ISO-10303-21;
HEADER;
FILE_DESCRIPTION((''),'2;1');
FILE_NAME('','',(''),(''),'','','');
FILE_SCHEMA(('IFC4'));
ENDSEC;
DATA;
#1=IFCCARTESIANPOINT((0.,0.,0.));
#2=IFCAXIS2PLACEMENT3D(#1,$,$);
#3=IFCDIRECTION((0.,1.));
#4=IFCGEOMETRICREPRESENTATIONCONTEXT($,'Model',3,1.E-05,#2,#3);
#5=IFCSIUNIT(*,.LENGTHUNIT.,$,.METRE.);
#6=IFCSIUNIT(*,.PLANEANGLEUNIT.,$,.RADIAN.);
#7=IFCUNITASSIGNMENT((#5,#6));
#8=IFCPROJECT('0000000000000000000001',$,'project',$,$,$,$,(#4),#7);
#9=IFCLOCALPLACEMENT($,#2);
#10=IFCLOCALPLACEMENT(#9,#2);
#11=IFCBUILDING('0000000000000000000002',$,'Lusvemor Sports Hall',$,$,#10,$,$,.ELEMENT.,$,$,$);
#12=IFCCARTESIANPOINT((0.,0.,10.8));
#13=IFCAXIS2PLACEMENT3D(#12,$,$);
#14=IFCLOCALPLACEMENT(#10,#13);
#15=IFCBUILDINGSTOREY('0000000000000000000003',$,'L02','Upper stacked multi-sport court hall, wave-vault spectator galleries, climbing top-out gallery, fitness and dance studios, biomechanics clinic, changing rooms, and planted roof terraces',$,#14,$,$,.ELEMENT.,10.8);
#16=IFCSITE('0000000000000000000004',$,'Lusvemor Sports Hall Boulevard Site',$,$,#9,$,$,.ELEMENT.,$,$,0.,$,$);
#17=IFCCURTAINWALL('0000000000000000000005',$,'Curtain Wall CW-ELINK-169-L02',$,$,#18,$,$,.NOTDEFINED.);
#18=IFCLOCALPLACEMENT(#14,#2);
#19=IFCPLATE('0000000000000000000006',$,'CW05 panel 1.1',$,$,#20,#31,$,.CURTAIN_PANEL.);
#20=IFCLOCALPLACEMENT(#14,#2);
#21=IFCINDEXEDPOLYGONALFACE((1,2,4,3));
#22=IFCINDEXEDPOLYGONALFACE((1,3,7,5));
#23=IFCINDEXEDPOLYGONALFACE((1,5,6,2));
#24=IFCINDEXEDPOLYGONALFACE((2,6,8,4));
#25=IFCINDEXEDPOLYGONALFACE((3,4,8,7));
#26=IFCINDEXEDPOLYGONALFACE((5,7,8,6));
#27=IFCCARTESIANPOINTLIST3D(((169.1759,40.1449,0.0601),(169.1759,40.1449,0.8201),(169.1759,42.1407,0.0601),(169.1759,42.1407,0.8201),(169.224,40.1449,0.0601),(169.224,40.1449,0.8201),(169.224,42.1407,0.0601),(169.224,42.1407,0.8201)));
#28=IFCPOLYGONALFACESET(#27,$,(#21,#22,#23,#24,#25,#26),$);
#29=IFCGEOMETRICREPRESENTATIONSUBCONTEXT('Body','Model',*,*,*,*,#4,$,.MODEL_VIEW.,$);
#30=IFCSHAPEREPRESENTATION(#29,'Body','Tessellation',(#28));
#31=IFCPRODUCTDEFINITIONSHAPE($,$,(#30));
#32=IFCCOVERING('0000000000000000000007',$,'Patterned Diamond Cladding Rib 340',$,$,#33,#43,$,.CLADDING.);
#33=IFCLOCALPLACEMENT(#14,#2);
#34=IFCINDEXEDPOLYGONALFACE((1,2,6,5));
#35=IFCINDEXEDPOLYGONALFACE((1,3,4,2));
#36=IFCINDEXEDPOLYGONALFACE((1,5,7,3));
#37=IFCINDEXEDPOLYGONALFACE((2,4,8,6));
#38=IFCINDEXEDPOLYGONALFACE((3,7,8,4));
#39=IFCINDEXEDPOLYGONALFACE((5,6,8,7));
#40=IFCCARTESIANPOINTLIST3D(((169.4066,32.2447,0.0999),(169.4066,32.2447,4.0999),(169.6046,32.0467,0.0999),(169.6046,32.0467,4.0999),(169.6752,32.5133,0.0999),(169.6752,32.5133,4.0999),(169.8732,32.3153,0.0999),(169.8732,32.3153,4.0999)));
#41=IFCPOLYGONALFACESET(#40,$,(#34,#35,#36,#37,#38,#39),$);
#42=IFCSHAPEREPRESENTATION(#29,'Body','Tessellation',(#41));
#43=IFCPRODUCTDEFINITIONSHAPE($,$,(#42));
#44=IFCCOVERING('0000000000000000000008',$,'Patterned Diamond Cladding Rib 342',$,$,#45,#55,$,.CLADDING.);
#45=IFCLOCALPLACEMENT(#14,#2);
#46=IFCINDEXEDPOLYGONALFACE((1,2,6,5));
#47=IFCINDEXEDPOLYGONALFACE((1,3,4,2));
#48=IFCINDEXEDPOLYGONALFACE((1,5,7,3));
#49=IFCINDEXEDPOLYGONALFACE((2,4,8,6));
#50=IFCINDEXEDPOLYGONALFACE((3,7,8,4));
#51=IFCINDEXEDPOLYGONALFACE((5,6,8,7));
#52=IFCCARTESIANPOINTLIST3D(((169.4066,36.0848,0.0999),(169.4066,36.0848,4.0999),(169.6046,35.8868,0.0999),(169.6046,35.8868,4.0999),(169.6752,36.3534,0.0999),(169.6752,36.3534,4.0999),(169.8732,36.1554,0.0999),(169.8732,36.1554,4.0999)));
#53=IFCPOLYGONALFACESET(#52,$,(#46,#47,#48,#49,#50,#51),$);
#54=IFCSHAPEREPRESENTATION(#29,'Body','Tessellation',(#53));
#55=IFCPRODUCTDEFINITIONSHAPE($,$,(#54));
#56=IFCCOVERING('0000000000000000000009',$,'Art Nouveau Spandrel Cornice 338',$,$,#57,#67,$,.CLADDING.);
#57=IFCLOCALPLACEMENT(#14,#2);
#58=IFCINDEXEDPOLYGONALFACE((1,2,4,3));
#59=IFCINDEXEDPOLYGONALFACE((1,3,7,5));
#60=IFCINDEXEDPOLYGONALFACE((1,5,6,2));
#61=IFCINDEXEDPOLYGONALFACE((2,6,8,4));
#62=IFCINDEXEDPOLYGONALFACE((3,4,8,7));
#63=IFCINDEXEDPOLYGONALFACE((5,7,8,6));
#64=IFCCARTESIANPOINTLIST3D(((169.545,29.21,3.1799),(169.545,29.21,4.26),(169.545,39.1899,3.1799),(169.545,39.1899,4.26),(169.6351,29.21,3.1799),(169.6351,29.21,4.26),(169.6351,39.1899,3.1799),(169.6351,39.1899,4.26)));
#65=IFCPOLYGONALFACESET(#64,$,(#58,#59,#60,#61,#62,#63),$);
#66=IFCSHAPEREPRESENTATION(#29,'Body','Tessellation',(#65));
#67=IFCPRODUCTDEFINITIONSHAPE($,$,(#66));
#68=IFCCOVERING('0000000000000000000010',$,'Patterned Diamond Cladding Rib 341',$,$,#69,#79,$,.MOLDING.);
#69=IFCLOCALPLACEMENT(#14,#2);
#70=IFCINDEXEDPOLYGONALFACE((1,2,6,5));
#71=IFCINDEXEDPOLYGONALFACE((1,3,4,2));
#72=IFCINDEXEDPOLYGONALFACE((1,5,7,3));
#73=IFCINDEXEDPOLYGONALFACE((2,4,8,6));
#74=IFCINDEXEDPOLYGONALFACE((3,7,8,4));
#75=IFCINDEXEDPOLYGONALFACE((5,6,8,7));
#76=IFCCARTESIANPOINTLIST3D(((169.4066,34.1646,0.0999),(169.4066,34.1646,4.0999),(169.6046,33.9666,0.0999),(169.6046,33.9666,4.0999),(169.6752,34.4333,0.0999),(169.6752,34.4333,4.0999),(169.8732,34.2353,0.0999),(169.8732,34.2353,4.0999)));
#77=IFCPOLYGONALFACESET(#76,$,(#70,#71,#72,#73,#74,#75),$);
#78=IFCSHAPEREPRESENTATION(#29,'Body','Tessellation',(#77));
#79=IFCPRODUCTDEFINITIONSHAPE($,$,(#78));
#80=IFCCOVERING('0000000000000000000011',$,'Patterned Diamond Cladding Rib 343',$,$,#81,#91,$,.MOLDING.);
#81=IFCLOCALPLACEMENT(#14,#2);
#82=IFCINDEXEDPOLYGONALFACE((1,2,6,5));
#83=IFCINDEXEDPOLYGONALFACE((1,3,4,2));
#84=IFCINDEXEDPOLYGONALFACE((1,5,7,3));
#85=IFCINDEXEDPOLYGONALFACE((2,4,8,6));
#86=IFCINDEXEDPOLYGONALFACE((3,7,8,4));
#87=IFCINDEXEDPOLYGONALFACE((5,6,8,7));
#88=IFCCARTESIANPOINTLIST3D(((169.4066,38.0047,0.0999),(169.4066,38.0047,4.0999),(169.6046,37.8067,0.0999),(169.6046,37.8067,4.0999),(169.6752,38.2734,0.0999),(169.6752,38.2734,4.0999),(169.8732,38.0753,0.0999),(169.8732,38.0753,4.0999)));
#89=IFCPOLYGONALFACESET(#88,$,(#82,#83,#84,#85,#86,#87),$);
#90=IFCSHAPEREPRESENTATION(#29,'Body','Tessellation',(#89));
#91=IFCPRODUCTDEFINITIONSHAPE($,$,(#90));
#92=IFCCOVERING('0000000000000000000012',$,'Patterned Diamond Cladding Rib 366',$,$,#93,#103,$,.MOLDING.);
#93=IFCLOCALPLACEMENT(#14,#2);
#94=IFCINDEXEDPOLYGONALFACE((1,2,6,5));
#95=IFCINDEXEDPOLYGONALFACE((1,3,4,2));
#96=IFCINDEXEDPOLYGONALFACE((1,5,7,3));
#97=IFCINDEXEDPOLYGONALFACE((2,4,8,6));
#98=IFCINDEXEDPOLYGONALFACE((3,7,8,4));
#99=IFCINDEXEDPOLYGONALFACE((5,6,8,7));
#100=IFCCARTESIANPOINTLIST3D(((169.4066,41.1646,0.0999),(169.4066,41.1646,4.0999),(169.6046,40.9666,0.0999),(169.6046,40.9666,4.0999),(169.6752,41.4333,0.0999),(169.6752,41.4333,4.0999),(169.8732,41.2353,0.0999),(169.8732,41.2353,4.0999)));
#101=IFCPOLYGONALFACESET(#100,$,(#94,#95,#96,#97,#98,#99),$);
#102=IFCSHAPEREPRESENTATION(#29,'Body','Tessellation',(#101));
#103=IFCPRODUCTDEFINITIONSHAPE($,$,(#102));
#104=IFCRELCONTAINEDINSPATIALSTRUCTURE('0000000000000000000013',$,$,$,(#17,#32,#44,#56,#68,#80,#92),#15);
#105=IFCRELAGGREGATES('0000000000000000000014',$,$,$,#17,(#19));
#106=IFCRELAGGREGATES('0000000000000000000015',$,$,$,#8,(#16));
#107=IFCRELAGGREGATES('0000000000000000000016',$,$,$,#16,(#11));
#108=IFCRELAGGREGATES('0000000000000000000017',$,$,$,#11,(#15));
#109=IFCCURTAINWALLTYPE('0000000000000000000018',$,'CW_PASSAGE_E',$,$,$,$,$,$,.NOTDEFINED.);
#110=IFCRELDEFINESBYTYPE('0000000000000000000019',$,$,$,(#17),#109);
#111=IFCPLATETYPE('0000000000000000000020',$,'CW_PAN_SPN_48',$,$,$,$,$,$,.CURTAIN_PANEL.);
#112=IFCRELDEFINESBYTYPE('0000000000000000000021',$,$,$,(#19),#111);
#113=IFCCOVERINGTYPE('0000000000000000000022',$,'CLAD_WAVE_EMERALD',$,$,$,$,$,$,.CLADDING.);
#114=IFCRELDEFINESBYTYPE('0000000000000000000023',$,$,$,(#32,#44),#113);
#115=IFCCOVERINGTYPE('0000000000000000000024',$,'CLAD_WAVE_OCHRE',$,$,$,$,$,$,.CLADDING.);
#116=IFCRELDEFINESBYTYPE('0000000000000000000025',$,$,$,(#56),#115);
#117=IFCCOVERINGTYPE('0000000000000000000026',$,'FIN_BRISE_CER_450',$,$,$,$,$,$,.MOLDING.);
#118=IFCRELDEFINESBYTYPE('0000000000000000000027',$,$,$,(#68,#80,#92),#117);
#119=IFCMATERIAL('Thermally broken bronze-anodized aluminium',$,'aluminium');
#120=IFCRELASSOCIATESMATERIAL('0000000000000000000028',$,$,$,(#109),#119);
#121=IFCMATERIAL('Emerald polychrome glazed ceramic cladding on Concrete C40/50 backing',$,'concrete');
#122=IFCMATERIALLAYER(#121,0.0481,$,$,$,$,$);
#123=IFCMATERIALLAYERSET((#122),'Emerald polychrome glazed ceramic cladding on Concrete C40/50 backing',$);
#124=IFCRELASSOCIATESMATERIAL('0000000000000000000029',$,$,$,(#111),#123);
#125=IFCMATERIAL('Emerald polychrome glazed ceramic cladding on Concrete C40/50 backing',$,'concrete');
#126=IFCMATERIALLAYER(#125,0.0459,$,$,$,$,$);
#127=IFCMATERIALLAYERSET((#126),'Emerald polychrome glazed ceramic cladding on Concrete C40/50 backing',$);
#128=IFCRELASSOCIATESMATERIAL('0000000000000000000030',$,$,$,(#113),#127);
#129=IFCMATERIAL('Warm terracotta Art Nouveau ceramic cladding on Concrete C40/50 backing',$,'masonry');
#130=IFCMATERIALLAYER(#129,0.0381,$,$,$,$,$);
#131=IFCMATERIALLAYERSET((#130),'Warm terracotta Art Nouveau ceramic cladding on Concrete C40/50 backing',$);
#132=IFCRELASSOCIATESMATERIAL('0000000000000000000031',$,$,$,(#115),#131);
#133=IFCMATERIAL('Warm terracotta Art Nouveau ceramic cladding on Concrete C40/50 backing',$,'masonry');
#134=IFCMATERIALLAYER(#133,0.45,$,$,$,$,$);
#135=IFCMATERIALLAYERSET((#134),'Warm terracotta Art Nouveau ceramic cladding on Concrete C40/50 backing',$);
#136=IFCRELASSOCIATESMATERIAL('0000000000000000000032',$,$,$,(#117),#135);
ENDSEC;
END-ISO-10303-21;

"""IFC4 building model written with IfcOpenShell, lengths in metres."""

from ifc_helpers import new_model, si_unit, direction, frame, origin, origin_2d, place, context, subcontext, project, spatial, rectangle, extrude, material, layer, layer_set, type_object, element, aggregate, save


model = new_model("IFC4")

# Units and contexts
model_context = context("Model", 3, precision=1e-05, world=origin(), true_north=direction((0.0, 1.0)))
body_context = subcontext(model_context, "Body", "Model", "MODEL_VIEW")
ifc_project = project(units=[si_unit("LENGTHUNIT", "METRE"), si_unit("PLANEANGLEUNIT", "RADIAN")], contexts=[model_context])

# Site, building, storey
site_placement = place(None, origin())
site = spatial("IfcSite", under=ifc_project, at=site_placement, Name="Lusvemor Sports Hall Boulevard Site", CompositionType="ELEMENT", RefElevation=0.0)
building_placement = place(site_placement, origin())
building = spatial("IfcBuilding", under=site, at=building_placement, Name="Lusvemor Sports Hall", CompositionType="ELEMENT")
storey_placement = place(building_placement, frame((0.0, 0.0, 10.8)))
storey = spatial("IfcBuildingStorey", under=building, at=storey_placement, Name="L02", Description="Upper stacked multi-sport court hall, wave-vault spectator galleries, climbing top-out gallery, fitness and dance studios, biomechanics clinic, changing rooms, and planted roof terraces", CompositionType="ELEMENT", Elevation=10.8)

# Curtain wall
ifc_material_1 = material(Name="Thermally broken bronze-anodized aluminium", Category="aluminium")
curtain_wall_type_1 = type_object("IfcCurtainWallType", Name="CW_PASSAGE_E", PredefinedType="NOTDEFINED", material=ifc_material_1)
curtain_wall_1_placement = place(storey_placement, origin())
curtain_wall_1 = element("IfcCurtainWall", 1, at=curtain_wall_1_placement, inside=storey, type_object=curtain_wall_type_1, Name="Curtain Wall CW-ELINK-169-L02", PredefinedType="NOTDEFINED")

# Plate
ifc_material_2 = material(Name="Emerald polychrome glazed ceramic cladding on Concrete C40/50 backing", Category="concrete")
ifc_layer_1 = layer(ifc_material_2, 0.0481)
ifc_layer_set_1 = layer_set([ifc_layer_1], Name="Emerald polychrome glazed ceramic cladding on Concrete C40/50 backing")
plate_type_1 = type_object("IfcPlateType", Name="CW_PAN_SPN_48", PredefinedType="CURTAIN_PANEL", material=ifc_layer_set_1)
plate_1_placement = place(storey_placement, frame((169.2, 41.1428, 0.0601), z_axis=(0.0, 0.0, 1.0), x_axis=(0.0, 1.0, 0.0)))
plate_1 = element("IfcPlate", 2, at=plate_1_placement, type_object=plate_type_1, Name="CW05 panel 1.1", PredefinedType="CURTAIN_PANEL", context=body_context, shape_type="SweptSolid", body=[
    extrude(rectangle(XDim=1.9958, YDim=0.0481, at=origin_2d()), origin(), (0.0, 0.0, 1.0), 0.76),
])
aggregate(curtain_wall_1, [plate_1])

# Coverings
ifc_material_3 = material(Name="Emerald polychrome glazed ceramic cladding on Concrete C40/50 backing", Category="concrete")
ifc_layer_2 = layer(ifc_material_3, 0.0459)
ifc_layer_set_2 = layer_set([ifc_layer_2], Name="Emerald polychrome glazed ceramic cladding on Concrete C40/50 backing")
covering_type_1 = type_object("IfcCoveringType", Name="CLAD_WAVE_EMERALD", PredefinedType="CLADDING", material=ifc_layer_set_2)
for number, where, z_axis, x_axis, name in (
    (3, (169.6399, 32.28, 0.0999), (0.0, 0.0, 1.0), (0.707107, 0.707107, 0.0), "Patterned Diamond Cladding Rib 340"),
    (4, (169.6399, 36.1201, 0.0999), (0.0, 0.0, 1.0), (0.707107, 0.707107, 0.0), "Patterned Diamond Cladding Rib 342"),
):
    element("IfcCovering", number, at=place(storey_placement, frame(where, z_axis=z_axis, x_axis=x_axis)), inside=storey, type_object=covering_type_1, Name=name, PredefinedType="CLADDING", context=body_context, shape_type="SweptSolid", body=[
        extrude(rectangle(XDim=0.3799, YDim=0.28, at=origin_2d()), origin(), (0.0, 0.0, 1.0), 4.0),
    ])
ifc_material_4 = material(Name="Warm terracotta Art Nouveau ceramic cladding on Concrete C40/50 backing", Category="masonry")
ifc_layer_3 = layer(ifc_material_4, 0.0381)
ifc_layer_set_3 = layer_set([ifc_layer_3], Name="Warm terracotta Art Nouveau ceramic cladding on Concrete C40/50 backing")
covering_type_2 = type_object("IfcCoveringType", Name="CLAD_WAVE_OCHRE", PredefinedType="CLADDING", material=ifc_layer_set_3)
covering_placement = place(storey_placement, frame((169.5901, 34.2, 3.1799), z_axis=(0.0, 0.0, 1.0), x_axis=(1.0, 0.0, 0.0)))
element("IfcCovering", 5, at=covering_placement, inside=storey, type_object=covering_type_2, Name="Art Nouveau Spandrel Cornice 338", PredefinedType="CLADDING", context=body_context, shape_type="SweptSolid", body=[
    extrude(rectangle(XDim=0.0901, YDim=9.98, at=origin_2d()), origin(), (0.0, 0.0, 1.0), 1.0801),
])
ifc_material_5 = material(Name="Warm terracotta Art Nouveau ceramic cladding on Concrete C40/50 backing", Category="masonry")
ifc_layer_4 = layer(ifc_material_5, 0.45)
ifc_layer_set_4 = layer_set([ifc_layer_4], Name="Warm terracotta Art Nouveau ceramic cladding on Concrete C40/50 backing")
covering_type_3 = type_object("IfcCoveringType", Name="FIN_BRISE_CER_450", PredefinedType="MOLDING", material=ifc_layer_set_4)
for number, where, z_axis, x_axis, name in (
    (6, (169.6399, 34.2, 0.0999), (0.0, 0.0, 1.0), (0.707107, 0.707107, 0.0), "Patterned Diamond Cladding Rib 341"),
    (7, (169.6399, 38.04, 0.0999), (0.0, 0.0, 1.0), (0.707107, 0.707107, 0.0), "Patterned Diamond Cladding Rib 343"),
    (8, (169.6399, 41.2, 0.0999), (0.0, 0.0, 1.0), (0.707107, 0.707107, 0.0), "Patterned Diamond Cladding Rib 366"),
):
    element("IfcCovering", number, at=place(storey_placement, frame(where, z_axis=z_axis, x_axis=x_axis)), inside=storey, type_object=covering_type_3, Name=name, PredefinedType="MOLDING", context=body_context, shape_type="SweptSolid", body=[
        extrude(rectangle(XDim=0.3799, YDim=0.28, at=origin_2d()), origin(), (0.0, 0.0, 1.0), 4.0),
    ])

save(model, "model.ifc")
